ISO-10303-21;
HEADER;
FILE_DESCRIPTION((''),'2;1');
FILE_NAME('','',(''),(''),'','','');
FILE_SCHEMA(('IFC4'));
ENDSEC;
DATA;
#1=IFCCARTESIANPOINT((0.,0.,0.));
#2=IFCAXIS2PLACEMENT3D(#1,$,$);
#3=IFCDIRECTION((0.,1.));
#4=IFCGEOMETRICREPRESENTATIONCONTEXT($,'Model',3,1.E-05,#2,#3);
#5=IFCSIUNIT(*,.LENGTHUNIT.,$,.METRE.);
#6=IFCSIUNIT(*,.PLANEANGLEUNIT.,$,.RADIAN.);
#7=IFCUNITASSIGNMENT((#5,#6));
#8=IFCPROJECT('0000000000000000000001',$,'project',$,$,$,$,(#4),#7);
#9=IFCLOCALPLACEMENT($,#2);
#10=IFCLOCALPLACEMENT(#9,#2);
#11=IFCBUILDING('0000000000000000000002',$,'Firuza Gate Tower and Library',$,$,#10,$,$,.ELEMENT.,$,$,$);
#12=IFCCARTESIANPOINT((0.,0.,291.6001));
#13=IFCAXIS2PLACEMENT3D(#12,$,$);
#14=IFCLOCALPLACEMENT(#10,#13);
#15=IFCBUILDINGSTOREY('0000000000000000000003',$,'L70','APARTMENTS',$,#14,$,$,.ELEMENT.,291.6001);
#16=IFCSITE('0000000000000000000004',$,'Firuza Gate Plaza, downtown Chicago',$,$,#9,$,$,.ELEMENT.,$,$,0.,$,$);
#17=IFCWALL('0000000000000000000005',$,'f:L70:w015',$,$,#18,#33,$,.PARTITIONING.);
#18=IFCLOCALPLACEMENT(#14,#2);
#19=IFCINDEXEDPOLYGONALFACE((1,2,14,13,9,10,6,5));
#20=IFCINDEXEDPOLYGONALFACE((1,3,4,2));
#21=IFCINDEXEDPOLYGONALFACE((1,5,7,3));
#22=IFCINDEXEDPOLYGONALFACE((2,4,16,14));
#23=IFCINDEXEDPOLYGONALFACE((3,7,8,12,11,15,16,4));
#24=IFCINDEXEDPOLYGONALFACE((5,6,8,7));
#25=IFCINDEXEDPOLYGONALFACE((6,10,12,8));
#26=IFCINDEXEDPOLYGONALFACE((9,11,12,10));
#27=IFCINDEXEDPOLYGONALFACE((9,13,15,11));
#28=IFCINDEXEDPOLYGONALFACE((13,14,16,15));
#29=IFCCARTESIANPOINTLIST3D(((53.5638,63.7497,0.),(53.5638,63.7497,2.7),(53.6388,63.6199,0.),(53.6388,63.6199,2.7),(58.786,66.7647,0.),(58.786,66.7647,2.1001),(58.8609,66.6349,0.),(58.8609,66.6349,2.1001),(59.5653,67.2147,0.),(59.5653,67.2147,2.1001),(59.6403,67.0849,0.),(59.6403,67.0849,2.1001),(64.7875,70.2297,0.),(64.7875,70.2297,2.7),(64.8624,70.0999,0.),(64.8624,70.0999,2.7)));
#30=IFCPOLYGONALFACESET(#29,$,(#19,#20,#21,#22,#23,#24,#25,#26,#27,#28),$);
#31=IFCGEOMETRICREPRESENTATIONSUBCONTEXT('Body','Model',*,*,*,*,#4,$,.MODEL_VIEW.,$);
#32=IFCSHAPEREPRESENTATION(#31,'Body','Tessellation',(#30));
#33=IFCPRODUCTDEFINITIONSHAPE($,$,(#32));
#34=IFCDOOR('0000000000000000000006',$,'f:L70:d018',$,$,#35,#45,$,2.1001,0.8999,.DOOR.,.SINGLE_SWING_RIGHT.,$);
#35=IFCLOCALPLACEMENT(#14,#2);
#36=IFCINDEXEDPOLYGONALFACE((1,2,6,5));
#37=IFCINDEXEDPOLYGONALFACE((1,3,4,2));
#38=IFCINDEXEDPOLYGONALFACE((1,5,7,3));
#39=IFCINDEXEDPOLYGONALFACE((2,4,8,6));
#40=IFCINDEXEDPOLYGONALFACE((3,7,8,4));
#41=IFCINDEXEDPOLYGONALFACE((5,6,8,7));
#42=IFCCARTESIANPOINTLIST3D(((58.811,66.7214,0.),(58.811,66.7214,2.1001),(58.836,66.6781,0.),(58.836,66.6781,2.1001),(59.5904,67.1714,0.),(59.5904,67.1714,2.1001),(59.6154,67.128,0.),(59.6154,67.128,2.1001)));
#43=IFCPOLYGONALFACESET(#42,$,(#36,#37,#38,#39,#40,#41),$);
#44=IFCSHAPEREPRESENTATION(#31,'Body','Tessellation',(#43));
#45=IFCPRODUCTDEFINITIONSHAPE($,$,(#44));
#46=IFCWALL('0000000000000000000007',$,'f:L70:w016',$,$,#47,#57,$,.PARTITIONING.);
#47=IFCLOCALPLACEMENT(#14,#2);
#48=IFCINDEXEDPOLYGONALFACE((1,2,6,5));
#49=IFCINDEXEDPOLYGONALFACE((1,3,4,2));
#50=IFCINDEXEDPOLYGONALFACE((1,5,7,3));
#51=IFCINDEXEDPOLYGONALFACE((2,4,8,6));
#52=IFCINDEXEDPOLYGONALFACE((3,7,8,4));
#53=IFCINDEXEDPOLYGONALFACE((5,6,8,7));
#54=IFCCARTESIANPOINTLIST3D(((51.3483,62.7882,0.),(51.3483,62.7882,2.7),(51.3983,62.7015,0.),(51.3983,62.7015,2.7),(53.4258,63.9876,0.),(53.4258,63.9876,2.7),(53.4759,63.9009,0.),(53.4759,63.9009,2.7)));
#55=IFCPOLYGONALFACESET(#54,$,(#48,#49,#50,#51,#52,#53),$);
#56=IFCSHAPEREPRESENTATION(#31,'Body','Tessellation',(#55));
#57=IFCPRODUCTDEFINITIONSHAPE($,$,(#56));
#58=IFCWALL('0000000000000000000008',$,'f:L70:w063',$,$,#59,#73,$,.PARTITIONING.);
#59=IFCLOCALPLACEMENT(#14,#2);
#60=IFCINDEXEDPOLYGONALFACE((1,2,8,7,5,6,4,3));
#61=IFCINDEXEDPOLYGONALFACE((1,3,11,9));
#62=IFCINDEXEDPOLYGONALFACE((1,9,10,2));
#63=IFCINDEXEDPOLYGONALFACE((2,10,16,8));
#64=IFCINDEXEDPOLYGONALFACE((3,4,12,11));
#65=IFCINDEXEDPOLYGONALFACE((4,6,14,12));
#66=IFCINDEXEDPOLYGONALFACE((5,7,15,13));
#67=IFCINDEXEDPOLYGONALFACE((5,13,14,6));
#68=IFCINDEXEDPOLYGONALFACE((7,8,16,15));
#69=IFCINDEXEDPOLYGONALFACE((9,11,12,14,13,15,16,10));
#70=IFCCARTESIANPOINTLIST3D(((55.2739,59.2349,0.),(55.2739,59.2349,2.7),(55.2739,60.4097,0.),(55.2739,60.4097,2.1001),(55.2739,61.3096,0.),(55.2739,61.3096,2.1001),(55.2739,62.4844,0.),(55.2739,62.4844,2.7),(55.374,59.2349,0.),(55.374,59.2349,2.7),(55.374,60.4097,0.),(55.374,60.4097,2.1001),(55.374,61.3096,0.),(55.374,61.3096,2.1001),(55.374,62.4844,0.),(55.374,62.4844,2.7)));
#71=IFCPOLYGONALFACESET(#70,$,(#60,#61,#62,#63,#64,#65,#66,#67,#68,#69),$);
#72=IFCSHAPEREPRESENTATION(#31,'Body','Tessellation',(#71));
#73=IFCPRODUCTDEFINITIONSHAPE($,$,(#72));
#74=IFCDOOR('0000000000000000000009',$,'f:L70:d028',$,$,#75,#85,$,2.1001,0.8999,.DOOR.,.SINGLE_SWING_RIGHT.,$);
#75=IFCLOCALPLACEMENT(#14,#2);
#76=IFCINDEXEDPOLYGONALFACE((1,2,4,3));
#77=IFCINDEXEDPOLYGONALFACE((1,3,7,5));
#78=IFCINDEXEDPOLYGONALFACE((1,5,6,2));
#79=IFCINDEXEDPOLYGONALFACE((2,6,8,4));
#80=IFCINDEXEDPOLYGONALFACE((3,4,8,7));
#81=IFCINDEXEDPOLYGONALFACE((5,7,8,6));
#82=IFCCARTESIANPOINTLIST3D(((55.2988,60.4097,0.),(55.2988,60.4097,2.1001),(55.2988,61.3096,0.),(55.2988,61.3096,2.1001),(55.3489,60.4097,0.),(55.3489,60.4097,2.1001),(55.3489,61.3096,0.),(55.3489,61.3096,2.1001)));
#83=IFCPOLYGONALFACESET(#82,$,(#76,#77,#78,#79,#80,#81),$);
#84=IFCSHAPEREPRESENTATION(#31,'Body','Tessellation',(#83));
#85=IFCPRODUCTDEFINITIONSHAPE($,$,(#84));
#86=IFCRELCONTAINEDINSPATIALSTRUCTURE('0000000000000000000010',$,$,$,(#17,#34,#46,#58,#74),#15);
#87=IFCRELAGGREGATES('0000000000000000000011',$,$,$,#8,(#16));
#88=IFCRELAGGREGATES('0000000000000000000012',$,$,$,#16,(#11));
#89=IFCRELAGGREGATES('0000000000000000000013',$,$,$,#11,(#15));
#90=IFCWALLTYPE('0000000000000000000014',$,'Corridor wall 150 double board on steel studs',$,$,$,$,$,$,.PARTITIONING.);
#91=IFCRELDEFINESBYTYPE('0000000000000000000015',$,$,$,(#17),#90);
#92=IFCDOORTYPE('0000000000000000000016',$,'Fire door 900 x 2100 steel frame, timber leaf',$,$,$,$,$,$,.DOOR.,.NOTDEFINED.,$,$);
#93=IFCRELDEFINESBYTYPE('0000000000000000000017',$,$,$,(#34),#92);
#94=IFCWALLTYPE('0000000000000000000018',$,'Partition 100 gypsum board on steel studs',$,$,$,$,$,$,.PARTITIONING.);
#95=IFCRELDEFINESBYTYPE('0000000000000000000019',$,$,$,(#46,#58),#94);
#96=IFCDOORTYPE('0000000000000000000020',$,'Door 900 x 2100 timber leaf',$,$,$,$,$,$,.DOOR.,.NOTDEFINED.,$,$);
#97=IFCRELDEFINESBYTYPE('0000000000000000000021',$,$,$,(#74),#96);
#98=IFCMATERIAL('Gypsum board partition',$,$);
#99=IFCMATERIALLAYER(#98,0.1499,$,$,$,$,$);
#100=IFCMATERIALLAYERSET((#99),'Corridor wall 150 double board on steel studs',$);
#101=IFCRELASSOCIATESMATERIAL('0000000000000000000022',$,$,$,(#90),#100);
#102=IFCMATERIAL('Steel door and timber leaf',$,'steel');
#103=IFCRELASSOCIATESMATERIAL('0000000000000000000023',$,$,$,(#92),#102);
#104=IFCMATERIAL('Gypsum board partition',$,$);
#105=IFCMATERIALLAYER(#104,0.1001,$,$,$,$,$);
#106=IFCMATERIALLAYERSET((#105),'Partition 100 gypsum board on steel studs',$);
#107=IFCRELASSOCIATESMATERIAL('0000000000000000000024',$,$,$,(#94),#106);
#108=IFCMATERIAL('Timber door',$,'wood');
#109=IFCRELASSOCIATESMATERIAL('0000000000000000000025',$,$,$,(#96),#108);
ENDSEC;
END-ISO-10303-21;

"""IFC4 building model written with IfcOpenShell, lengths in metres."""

from ifc_helpers import new_model, si_unit, direction, frame, frame_2d, origin, place, context, subcontext, project, spatial, rectangle, extrude, material, layer, layer_set, type_object, element, fill, save


model = new_model("IFC4")

# Units and contexts
model_context = context("Model", 3, precision=1e-05, world=origin(), true_north=direction((0.0, 1.0)))
body_context = subcontext(model_context, "Body", "Model", "MODEL_VIEW")
ifc_project = project(units=[si_unit("LENGTHUNIT", "METRE"), si_unit("PLANEANGLEUNIT", "RADIAN")], contexts=[model_context])

# Site, building, storey
site_placement = place(None, origin())
site = spatial("IfcSite", under=ifc_project, at=site_placement, Name="Firuza Gate Plaza, downtown Chicago", CompositionType="ELEMENT", RefElevation=0.0)
building_placement = place(site_placement, origin())
building = spatial("IfcBuilding", under=site, at=building_placement, Name="Firuza Gate Tower and Library", CompositionType="ELEMENT")
storey_placement = place(building_placement, frame((0.0, 0.0, 291.6001)))
storey = spatial("IfcBuildingStorey", under=building, at=storey_placement, Name="L70", Description="APARTMENTS", CompositionType="ELEMENT", Elevation=291.6001)

# Wall, opening, door
ifc_material_1 = material(Name="Gypsum board partition")
ifc_layer_1 = layer(ifc_material_1, 0.1499)
ifc_layer_set_1 = layer_set([ifc_layer_1], Name="Corridor wall 150 double board on steel studs")
wall_type_1 = type_object("IfcWallType", Name="Corridor wall 150 double board on steel studs", PredefinedType="PARTITIONING", material=ifc_layer_set_1)
wall_1_placement = place(storey_placement, frame((53.6013, 63.6848, 0.0), z_axis=(0.0, 0.0, 1.0), x_axis=(0.866025, 0.500001, 0.0)))
wall_1 = element("IfcWall", 1, at=wall_1_placement, inside=storey, type_object=wall_type_1, Name="f:L70:w015", PredefinedType="PARTITIONING", context=body_context, shape_type="SweptSolid", body=[
    extrude(rectangle(XDim=12.96, YDim=0.1499, at=frame_2d((6.48, 0.0))), origin(), (0.0, 0.0, 1.0), 2.7),
])
opening_1_placement = place(wall_1_placement, frame((6.03, 0.0, 0.0)))
opening_1 = element("IfcOpeningElement", 2, at=opening_1_placement, cuts=wall_1, PredefinedType="OPENING", context=body_context, shape_type="SweptSolid", body=[
    extrude(rectangle(XDim=0.8999, YDim=2.1001, at=frame_2d((0.45, 1.05))), frame((0.0, 0.085, 0.0), z_axis=(0.0, -1.0, 0.0), x_axis=(1.0, 0.0, 0.0)), (0.0, 0.0, 1.0), 0.1699),
])
ifc_material_2 = material(Name="Steel door and timber leaf", Category="steel")
door_type_1 = type_object("IfcDoorType", Name="Fire door 900 x 2100 steel frame, timber leaf", OperationType="NOTDEFINED", PredefinedType="DOOR", material=ifc_material_2)
door_1_placement = place(opening_1_placement, origin())
door_1 = element("IfcDoor", 3, at=door_1_placement, inside=storey, type_object=door_type_1, Name="f:L70:d018", OperationType="SINGLE_SWING_RIGHT", OverallHeight=2.1001, OverallWidth=0.8999, PredefinedType="DOOR", context=body_context, shape_type="SweptSolid", body=[
    extrude(rectangle(XDim=0.8999, YDim=2.1001, at=frame_2d((0.45, 1.05))), frame((0.0, 0.0249, 0.0), z_axis=(0.0, -1.0, 0.0), x_axis=(1.0, 0.0, 0.0)), (0.0, 0.0, 1.0), 0.05),
])
fill(opening_1, door_1)

# Wall
ifc_material_3 = material(Name="Gypsum board partition")
ifc_layer_2 = layer(ifc_material_3, 0.1001)
ifc_layer_set_2 = layer_set([ifc_layer_2], Name="Partition 100 gypsum board on steel studs")
wall_type_2 = type_object("IfcWallType", Name="Partition 100 gypsum board on steel studs", PredefinedType="PARTITIONING", material=ifc_layer_set_2)
wall_2_placement = place(storey_placement, frame((51.3733, 62.7449, 0.0), z_axis=(0.0, 0.0, 1.0), x_axis=(0.866036, 0.499981, 0.0)))
element("IfcWall", 4, at=wall_2_placement, inside=storey, type_object=wall_type_2, Name="f:L70:w016", PredefinedType="PARTITIONING", context=body_context, shape_type="SweptSolid", body=[
    extrude(rectangle(XDim=2.3989, YDim=0.1001, at=frame_2d((1.1995, 0.0))), origin(), (0.0, 0.0, 1.0), 2.7),
])

# Wall, opening, door
wall_3_placement = place(storey_placement, frame((55.324, 62.4844, 0.0), z_axis=(0.0, 0.0, 1.0), x_axis=(0.0, -1.0, 0.0)))
wall_3 = element("IfcWall", 5, at=wall_3_placement, inside=storey, type_object=wall_type_2, Name="f:L70:w063", PredefinedType="PARTITIONING", context=body_context, shape_type="SweptSolid", body=[
    extrude(rectangle(XDim=3.2495, YDim=0.1001, at=frame_2d((1.6248, 0.0))), origin(), (0.0, 0.0, 1.0), 2.7),
])
opening_2_placement = place(wall_3_placement, frame((1.1748, 0.0, 0.0)))
opening_2 = element("IfcOpeningElement", 6, at=opening_2_placement, cuts=wall_3, PredefinedType="OPENING", context=body_context, shape_type="SweptSolid", body=[
    extrude(rectangle(XDim=0.8999, YDim=2.1001, at=frame_2d((0.45, 1.05))), frame((0.0, 0.0601, 0.0), z_axis=(0.0, -1.0, 0.0), x_axis=(1.0, 0.0, 0.0)), (0.0, 0.0, 1.0), 0.1201),
])
ifc_material_4 = material(Name="Timber door", Category="wood")
door_type_2 = type_object("IfcDoorType", Name="Door 900 x 2100 timber leaf", OperationType="NOTDEFINED", PredefinedType="DOOR", material=ifc_material_4)
door_2_placement = place(opening_2_placement, origin())
door_2 = element("IfcDoor", 7, at=door_2_placement, inside=storey, type_object=door_type_2, Name="f:L70:d028", OperationType="SINGLE_SWING_RIGHT", OverallHeight=2.1001, OverallWidth=0.8999, PredefinedType="DOOR", context=body_context, shape_type="SweptSolid", body=[
    extrude(rectangle(XDim=0.8999, YDim=2.1001, at=frame_2d((0.45, 1.05))), frame((0.0, 0.0249, 0.0), z_axis=(0.0, -1.0, 0.0), x_axis=(1.0, 0.0, 0.0)), (0.0, 0.0, 1.0), 0.05),
])
fill(opening_2, door_2)

save(model, "model.ifc")
